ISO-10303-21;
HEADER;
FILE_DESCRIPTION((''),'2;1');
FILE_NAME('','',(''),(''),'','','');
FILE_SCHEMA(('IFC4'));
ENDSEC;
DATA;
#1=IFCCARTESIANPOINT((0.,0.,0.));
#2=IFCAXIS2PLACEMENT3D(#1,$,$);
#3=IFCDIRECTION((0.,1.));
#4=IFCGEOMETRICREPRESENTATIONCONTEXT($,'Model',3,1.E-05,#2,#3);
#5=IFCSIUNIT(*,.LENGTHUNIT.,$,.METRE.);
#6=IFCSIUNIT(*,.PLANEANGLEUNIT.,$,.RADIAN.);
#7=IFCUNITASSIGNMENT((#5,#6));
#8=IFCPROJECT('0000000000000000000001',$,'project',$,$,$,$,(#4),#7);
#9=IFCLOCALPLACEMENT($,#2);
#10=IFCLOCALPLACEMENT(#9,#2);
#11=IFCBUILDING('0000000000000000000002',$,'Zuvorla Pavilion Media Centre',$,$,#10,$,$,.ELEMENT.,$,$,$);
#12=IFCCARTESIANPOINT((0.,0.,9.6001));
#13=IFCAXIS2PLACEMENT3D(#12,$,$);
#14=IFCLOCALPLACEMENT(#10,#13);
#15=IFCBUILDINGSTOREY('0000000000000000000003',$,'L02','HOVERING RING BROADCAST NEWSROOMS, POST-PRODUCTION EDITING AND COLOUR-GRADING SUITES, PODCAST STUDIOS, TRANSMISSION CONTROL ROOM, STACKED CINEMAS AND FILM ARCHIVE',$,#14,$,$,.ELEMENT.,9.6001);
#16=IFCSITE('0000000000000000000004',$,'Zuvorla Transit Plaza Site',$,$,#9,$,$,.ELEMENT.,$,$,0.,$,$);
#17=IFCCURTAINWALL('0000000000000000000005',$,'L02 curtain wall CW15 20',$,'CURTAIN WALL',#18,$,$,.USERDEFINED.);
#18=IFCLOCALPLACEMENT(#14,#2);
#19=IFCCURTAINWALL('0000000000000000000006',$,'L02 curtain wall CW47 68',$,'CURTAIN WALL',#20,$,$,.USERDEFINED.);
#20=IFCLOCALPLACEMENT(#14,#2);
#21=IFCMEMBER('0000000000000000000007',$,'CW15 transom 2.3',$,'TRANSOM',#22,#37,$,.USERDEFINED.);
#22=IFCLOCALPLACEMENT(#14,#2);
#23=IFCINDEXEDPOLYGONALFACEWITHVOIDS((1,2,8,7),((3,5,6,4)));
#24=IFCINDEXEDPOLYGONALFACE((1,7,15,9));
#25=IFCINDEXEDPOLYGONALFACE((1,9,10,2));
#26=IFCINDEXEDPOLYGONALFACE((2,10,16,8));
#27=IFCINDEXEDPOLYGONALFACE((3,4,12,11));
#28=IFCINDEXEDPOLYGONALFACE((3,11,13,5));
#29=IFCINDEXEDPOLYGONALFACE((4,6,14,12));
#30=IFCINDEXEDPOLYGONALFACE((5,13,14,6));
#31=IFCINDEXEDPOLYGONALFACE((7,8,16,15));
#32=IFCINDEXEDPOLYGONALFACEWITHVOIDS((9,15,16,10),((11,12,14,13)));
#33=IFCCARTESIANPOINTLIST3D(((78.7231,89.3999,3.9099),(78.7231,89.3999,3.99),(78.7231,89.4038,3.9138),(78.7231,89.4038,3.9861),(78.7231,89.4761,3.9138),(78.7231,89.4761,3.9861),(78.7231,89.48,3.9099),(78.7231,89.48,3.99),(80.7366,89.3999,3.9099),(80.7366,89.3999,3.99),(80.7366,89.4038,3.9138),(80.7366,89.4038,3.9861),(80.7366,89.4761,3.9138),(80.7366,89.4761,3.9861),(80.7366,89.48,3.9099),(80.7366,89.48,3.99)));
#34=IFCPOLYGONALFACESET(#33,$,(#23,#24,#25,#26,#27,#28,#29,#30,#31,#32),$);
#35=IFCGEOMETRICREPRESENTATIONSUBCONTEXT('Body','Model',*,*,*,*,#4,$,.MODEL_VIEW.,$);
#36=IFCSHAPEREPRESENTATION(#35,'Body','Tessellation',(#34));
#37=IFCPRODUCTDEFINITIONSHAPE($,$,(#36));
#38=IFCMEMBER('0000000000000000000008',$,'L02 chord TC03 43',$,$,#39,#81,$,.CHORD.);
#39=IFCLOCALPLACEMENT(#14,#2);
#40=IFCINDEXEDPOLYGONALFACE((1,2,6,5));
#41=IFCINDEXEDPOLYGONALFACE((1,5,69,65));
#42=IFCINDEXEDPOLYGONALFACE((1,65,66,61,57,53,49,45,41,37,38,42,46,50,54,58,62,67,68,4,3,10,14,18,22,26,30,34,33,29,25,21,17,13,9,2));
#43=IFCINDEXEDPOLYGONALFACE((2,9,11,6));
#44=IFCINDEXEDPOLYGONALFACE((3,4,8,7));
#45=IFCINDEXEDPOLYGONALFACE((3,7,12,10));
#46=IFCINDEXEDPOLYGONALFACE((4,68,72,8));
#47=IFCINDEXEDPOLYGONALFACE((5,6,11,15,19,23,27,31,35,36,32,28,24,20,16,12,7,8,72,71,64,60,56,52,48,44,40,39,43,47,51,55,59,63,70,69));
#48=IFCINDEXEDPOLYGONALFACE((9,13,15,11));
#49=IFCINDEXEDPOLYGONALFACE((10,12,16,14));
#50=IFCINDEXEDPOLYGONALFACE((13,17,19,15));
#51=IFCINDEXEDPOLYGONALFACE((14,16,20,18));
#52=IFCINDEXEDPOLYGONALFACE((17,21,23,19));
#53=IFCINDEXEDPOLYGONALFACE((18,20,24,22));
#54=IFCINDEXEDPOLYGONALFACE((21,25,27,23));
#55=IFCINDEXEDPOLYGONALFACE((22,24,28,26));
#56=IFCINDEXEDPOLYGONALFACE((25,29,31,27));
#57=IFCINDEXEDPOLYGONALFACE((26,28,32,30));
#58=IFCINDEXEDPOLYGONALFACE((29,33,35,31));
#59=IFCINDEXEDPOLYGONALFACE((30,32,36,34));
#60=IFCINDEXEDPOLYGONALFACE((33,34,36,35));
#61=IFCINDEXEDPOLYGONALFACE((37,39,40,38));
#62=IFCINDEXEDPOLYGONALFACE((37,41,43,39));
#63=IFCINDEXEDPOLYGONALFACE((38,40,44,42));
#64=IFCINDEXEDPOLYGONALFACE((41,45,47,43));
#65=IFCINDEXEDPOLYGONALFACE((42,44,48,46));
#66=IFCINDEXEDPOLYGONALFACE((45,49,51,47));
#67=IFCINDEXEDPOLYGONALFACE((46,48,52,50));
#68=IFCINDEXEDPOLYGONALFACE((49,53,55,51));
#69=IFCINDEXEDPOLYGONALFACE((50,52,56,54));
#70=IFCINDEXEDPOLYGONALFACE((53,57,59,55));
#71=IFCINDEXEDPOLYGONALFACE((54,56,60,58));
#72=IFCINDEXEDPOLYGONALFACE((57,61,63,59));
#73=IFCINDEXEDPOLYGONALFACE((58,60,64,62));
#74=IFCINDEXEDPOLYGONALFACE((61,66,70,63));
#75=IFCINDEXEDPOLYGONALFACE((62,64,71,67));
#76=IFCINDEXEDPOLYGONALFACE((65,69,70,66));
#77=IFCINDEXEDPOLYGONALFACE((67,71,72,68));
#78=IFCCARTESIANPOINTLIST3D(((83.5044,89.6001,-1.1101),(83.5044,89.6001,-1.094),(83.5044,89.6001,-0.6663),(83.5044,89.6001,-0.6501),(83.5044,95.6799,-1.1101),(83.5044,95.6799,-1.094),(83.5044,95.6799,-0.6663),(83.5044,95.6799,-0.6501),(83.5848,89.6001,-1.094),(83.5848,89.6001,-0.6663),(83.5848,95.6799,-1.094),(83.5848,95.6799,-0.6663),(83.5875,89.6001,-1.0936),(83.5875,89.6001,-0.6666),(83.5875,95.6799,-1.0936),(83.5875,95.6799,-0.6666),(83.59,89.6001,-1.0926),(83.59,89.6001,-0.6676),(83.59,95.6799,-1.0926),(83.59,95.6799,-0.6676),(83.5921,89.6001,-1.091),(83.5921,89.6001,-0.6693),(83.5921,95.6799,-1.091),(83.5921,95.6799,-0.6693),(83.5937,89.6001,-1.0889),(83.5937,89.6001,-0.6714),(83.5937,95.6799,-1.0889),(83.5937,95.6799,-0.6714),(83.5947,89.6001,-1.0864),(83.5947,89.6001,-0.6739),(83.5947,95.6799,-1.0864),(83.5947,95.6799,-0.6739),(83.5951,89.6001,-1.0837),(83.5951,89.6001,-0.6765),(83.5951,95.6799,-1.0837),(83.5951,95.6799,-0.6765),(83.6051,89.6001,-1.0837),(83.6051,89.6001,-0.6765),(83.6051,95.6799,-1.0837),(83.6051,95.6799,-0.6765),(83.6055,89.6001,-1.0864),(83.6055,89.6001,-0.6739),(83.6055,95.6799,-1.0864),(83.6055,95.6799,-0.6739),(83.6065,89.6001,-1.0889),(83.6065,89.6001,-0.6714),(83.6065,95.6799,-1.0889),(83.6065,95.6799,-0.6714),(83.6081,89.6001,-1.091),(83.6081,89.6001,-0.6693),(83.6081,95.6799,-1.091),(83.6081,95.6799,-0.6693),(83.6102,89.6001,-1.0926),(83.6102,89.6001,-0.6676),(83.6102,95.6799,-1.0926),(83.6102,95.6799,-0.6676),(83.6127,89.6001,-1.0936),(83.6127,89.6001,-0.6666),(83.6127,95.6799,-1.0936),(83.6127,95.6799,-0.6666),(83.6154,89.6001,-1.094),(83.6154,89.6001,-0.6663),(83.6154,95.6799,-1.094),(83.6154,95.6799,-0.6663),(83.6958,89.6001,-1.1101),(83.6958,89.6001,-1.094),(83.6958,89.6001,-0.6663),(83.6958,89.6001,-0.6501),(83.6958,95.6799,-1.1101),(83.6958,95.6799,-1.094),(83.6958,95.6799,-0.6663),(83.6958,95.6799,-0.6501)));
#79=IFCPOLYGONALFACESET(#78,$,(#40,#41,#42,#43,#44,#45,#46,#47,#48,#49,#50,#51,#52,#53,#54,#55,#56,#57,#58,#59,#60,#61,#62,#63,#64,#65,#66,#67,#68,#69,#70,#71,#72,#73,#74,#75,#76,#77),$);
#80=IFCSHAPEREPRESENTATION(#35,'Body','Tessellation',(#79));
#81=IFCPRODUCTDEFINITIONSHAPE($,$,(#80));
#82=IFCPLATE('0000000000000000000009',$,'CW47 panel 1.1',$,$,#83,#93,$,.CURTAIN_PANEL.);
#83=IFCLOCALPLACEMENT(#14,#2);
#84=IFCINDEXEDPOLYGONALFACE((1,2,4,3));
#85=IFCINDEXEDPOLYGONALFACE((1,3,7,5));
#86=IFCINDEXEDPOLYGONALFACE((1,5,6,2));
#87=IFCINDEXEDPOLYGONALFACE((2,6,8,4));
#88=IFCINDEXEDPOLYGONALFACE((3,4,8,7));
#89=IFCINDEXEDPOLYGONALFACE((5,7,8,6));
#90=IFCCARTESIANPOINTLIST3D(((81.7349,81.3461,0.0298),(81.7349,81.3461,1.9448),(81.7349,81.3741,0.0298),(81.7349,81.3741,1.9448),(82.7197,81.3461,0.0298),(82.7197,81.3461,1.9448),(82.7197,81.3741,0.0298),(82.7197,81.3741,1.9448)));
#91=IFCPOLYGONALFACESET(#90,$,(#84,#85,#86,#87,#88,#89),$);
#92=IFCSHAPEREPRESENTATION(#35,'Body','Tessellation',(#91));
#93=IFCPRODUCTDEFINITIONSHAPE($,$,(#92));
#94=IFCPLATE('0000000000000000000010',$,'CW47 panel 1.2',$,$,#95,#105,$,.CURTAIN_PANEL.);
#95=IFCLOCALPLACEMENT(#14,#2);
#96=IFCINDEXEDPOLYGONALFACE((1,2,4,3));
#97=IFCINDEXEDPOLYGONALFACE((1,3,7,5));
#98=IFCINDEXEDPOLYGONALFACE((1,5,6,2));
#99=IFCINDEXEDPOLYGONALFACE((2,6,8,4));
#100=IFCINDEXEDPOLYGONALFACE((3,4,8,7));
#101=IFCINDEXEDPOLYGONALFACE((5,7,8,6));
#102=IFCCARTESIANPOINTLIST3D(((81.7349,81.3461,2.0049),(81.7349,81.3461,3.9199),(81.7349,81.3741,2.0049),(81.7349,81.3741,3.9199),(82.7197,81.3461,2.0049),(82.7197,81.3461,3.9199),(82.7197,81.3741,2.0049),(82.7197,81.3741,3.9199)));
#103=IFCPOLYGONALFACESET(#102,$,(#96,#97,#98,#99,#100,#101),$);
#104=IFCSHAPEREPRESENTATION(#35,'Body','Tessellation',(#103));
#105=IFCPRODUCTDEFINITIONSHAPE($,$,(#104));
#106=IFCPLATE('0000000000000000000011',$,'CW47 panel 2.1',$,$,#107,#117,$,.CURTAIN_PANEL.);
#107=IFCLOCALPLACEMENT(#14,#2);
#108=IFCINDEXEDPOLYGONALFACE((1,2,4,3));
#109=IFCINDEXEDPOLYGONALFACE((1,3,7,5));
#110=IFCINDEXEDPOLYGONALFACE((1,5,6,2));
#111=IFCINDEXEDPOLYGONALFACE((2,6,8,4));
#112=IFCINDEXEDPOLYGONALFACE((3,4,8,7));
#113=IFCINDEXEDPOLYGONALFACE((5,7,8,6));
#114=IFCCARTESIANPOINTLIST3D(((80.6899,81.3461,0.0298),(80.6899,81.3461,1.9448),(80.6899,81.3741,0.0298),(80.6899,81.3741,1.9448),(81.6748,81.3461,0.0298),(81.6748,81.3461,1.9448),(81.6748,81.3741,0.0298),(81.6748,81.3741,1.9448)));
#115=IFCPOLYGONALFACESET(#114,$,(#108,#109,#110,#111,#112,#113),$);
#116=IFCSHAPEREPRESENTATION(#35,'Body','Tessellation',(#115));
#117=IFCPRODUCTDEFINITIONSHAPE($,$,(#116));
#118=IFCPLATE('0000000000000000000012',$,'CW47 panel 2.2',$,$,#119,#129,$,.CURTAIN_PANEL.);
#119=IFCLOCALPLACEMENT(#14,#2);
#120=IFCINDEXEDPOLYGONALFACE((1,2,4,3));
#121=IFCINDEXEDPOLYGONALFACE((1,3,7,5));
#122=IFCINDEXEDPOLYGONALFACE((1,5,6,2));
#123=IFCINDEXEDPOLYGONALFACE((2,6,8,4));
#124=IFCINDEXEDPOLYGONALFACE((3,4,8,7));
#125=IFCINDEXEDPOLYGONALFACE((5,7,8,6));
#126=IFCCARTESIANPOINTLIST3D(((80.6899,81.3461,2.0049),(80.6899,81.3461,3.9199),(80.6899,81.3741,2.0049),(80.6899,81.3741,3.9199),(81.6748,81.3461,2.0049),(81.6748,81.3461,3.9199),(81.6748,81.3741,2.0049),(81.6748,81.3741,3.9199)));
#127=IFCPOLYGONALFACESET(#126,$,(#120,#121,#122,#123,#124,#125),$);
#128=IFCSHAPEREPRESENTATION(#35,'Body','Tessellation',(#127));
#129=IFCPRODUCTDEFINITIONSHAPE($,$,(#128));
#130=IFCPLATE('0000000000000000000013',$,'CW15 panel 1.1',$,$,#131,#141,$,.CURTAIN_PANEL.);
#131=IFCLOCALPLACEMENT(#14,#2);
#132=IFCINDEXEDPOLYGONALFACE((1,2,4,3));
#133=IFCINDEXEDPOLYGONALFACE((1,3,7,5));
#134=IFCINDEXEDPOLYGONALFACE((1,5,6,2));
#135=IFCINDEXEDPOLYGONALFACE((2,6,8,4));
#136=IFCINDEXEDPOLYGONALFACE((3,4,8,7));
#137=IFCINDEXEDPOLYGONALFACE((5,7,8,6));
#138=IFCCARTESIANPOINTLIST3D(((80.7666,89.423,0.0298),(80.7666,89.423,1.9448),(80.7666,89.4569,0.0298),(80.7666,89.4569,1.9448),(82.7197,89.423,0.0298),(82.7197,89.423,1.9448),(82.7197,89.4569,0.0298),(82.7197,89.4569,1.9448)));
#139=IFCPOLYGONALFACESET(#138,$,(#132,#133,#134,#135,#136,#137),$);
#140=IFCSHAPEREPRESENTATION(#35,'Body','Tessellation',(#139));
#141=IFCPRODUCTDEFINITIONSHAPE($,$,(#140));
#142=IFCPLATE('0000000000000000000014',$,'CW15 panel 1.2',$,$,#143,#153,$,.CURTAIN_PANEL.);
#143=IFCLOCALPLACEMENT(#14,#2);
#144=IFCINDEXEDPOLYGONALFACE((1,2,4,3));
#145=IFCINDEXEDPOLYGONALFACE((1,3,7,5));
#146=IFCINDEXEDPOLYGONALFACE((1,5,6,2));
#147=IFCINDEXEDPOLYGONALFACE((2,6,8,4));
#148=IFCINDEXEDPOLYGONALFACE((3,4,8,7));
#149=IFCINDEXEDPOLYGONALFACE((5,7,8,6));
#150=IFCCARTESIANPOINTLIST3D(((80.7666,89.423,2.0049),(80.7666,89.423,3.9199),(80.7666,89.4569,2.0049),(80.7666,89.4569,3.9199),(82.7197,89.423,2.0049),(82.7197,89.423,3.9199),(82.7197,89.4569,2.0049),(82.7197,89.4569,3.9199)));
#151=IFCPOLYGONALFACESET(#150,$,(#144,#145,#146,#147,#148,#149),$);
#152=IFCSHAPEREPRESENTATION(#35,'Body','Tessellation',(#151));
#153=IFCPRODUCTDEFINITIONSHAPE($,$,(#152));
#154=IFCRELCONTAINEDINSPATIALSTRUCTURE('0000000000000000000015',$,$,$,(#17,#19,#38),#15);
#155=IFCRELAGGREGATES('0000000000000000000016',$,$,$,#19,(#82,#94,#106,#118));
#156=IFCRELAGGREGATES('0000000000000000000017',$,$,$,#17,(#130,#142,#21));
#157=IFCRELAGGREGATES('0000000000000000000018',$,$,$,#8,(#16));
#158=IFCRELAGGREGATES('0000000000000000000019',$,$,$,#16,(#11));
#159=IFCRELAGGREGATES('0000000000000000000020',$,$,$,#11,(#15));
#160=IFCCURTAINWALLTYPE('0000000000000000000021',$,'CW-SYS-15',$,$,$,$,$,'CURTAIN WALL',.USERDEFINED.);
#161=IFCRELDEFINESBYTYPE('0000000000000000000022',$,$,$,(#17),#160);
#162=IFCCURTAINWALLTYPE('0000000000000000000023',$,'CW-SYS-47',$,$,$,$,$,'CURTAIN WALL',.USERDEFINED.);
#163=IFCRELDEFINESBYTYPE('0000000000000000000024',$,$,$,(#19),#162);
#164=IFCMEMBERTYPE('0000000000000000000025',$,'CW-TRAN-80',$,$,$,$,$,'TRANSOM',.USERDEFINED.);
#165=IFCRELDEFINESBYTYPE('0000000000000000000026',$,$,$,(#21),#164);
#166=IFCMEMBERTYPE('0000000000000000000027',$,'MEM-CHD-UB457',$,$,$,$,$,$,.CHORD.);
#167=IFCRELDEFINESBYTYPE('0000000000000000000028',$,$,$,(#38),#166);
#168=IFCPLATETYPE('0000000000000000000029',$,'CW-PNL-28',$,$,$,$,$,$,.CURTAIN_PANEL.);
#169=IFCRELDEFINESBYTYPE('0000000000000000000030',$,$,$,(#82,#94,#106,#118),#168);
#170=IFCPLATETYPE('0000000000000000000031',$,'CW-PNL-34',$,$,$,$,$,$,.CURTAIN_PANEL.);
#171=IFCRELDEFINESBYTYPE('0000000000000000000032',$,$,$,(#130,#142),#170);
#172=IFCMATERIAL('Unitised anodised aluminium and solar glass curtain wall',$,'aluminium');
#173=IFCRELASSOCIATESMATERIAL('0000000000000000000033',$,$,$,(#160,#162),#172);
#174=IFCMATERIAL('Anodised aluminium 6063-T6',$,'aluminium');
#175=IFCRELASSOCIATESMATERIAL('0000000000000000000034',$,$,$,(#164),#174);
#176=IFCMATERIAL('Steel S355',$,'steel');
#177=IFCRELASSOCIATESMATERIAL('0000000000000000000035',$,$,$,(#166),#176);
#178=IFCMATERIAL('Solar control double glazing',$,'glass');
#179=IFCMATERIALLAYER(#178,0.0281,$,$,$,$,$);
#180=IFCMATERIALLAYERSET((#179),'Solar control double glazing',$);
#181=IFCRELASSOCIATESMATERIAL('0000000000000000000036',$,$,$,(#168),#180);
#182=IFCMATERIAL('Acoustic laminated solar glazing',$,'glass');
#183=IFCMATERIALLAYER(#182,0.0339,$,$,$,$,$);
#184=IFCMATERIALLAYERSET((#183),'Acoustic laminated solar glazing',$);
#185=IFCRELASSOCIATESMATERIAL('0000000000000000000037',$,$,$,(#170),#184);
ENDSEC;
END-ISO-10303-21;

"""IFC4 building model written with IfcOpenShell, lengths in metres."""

from ifc_helpers import new_model, si_unit, direction, frame, origin, origin_2d, place, context, subcontext, project, spatial, rectangle, hollow_rectangle, i_section, extrude, material, layer, layer_set, material_profile, profile_set, type_object, element, aggregate, save


model = new_model("IFC4")

# Units and contexts
model_context = context("Model", 3, precision=1e-05, world=origin(), true_north=direction((0.0, 1.0)))
body_context = subcontext(model_context, "Body", "Model", "MODEL_VIEW")
ifc_project = project(units=[si_unit("LENGTHUNIT", "METRE"), si_unit("PLANEANGLEUNIT", "RADIAN")], contexts=[model_context])

# Site, building, storey
site_placement = place(None, origin())
site = spatial("IfcSite", under=ifc_project, at=site_placement, Name="Zuvorla Transit Plaza Site", CompositionType="ELEMENT", RefElevation=0.0)
building_placement = place(site_placement, origin())
building = spatial("IfcBuilding", under=site, at=building_placement, Name="Zuvorla Pavilion Media Centre", CompositionType="ELEMENT")
storey_placement = place(building_placement, frame((0.0, 0.0, 9.6001)))
storey = spatial("IfcBuildingStorey", under=building, at=storey_placement, Name="L02", Description="HOVERING RING BROADCAST NEWSROOMS, POST-PRODUCTION EDITING AND COLOUR-GRADING SUITES, PODCAST STUDIOS, TRANSMISSION CONTROL ROOM, STACKED CINEMAS AND FILM ARCHIVE", CompositionType="ELEMENT", Elevation=9.6001)

# Shared definitions
ifc_material_1 = material(Name="Steel S355", Category="steel")

# Curtain wall
ifc_material_2 = material(Name="Unitised anodised aluminium and solar glass curtain wall", Category="aluminium")
curtain_wall_type_1 = type_object("IfcCurtainWallType", Name="CW-SYS-15", ElementType="CURTAIN WALL", PredefinedType="USERDEFINED", material=ifc_material_2)
curtain_wall_1_placement = place(storey_placement, origin())
curtain_wall_1 = element("IfcCurtainWall", 1, at=curtain_wall_1_placement, inside=storey, type_object=curtain_wall_type_1, Name="L02 curtain wall CW15 20", ObjectType="CURTAIN WALL", PredefinedType="USERDEFINED")
ifc_material_3 = material(Name="Anodised aluminium 6063-T6", Category="aluminium")

# Curtain wall
curtain_wall_type_2 = type_object("IfcCurtainWallType", Name="CW-SYS-47", ElementType="CURTAIN WALL", PredefinedType="USERDEFINED", material=ifc_material_2)
curtain_wall_2_placement = place(storey_placement, origin())
curtain_wall_2 = element("IfcCurtainWall", 2, at=curtain_wall_2_placement, inside=storey, type_object=curtain_wall_type_2, Name="L02 curtain wall CW47 68", ObjectType="CURTAIN WALL", PredefinedType="USERDEFINED")

# Members
ifc_material_profile_1 = material_profile(ifc_material_3, hollow_rectangle(XDim=0.0801, YDim=0.0801, WallThickness=0.0039, at=origin_2d()), Name="ALU TRAN 80x80")
ifc_profile_set_1 = profile_set([ifc_material_profile_1], Name="Anodised aluminium 6063-T6")
member_type_1 = type_object("IfcMemberType", Name="CW-TRAN-80", ElementType="TRANSOM", PredefinedType="USERDEFINED", material=ifc_profile_set_1)
member_1_placement = place(storey_placement, frame((80.7366, 89.4399, 3.95), z_axis=(-1.0, 0.0, 0.0), x_axis=(0.0, -1.0, 0.0)))
member_1 = element("IfcMember", 3, at=member_1_placement, type_object=member_type_1, Name="CW15 transom 2.3", ObjectType="TRANSOM", PredefinedType="USERDEFINED", context=body_context, shape_type="SweptSolid", body=[
    extrude(hollow_rectangle(XDim=0.0801, YDim=0.0801, WallThickness=0.0039, at=origin_2d()), origin(), (0.0, 0.0, 1.0), 2.0134),
])
ifc_material_profile_2 = material_profile(ifc_material_1, i_section(OverallWidth=0.1914, OverallDepth=0.46, WebThickness=0.01, FlangeThickness=0.0161, FilletRadius=0.0103, at=origin_2d()), Name="UB 457x191x82")
ifc_profile_set_2 = profile_set([ifc_material_profile_2], Name="Steel S355")
member_type_2 = type_object("IfcMemberType", Name="MEM-CHD-UB457", PredefinedType="CHORD", material=ifc_profile_set_2)
member_2_placement = place(storey_placement, frame((83.6001, 89.6001, -0.8801), z_axis=(0.0, 1.0, 0.0), x_axis=(-1.0, 0.0, 0.0)))
element("IfcMember", 4, at=member_2_placement, inside=storey, type_object=member_type_2, Name="L02 chord TC03 43", PredefinedType="CHORD", context=body_context, shape_type="SweptSolid", body=[
    extrude(i_section(OverallWidth=0.1914, OverallDepth=0.46, WebThickness=0.01, FlangeThickness=0.0161, FilletRadius=0.0103, at=origin_2d()), origin(), (0.0, 0.0, 1.0), 6.0798),
])

# Plates
ifc_material_4 = material(Name="Solar control double glazing", Category="glass")
ifc_layer_1 = layer(ifc_material_4, 0.0281)
ifc_layer_set_1 = layer_set([ifc_layer_1], Name="Solar control double glazing")
plate_type_1 = type_object("IfcPlateType", Name="CW-PNL-28", PredefinedType="CURTAIN_PANEL", material=ifc_layer_set_1)
plate_1_placement = place(storey_placement, frame((82.2273, 81.3601, 0.0298), z_axis=(0.0, 0.0, 1.0), x_axis=(-1.0, 0.0, 0.0)))
plate_1 = element("IfcPlate", 5, at=plate_1_placement, type_object=plate_type_1, Name="CW47 panel 1.1", PredefinedType="CURTAIN_PANEL", context=body_context, shape_type="SweptSolid", body=[
    extrude(rectangle(XDim=0.9849, YDim=0.0281, at=origin_2d()), origin(), (0.0, 0.0, 1.0), 1.915),
])
plate_2_placement = place(storey_placement, frame((82.2273, 81.3601, 2.0049), z_axis=(0.0, 0.0, 1.0), x_axis=(-1.0, 0.0, 0.0)))
plate_2 = element("IfcPlate", 6, at=plate_2_placement, type_object=plate_type_1, Name="CW47 panel 1.2", PredefinedType="CURTAIN_PANEL", context=body_context, shape_type="SweptSolid", body=[
    extrude(rectangle(XDim=0.9849, YDim=0.0281, at=origin_2d()), origin(), (0.0, 0.0, 1.0), 1.915),
])
plate_3_placement = place(storey_placement, frame((81.1824, 81.3601, 0.0298), z_axis=(0.0, 0.0, 1.0), x_axis=(-1.0, 0.0, 0.0)))
plate_3 = element("IfcPlate", 7, at=plate_3_placement, type_object=plate_type_1, Name="CW47 panel 2.1", PredefinedType="CURTAIN_PANEL", context=body_context, shape_type="SweptSolid", body=[
    extrude(rectangle(XDim=0.9849, YDim=0.0281, at=origin_2d()), origin(), (0.0, 0.0, 1.0), 1.915),
])
plate_4_placement = place(storey_placement, frame((81.1824, 81.3601, 2.0049), z_axis=(0.0, 0.0, 1.0), x_axis=(-1.0, 0.0, 0.0)))
plate_4 = element("IfcPlate", 8, at=plate_4_placement, type_object=plate_type_1, Name="CW47 panel 2.2", PredefinedType="CURTAIN_PANEL", context=body_context, shape_type="SweptSolid", body=[
    extrude(rectangle(XDim=0.9849, YDim=0.0281, at=origin_2d()), origin(), (0.0, 0.0, 1.0), 1.915),
])
aggregate(curtain_wall_2, [plate_1, plate_2, plate_3, plate_4])
ifc_material_5 = material(Name="Acoustic laminated solar glazing", Category="glass")
ifc_layer_2 = layer(ifc_material_5, 0.0339)
ifc_layer_set_2 = layer_set([ifc_layer_2], Name="Acoustic laminated solar glazing")
plate_type_2 = type_object("IfcPlateType", Name="CW-PNL-34", PredefinedType="CURTAIN_PANEL", material=ifc_layer_set_2)
plate_5_placement = place(storey_placement, frame((81.7432, 89.4399, 0.0298), z_axis=(0.0, 0.0, 1.0), x_axis=(-1.0, 0.0, 0.0)))
plate_5 = element("IfcPlate", 9, at=plate_5_placement, type_object=plate_type_2, Name="CW15 panel 1.1", PredefinedType="CURTAIN_PANEL", context=body_context, shape_type="SweptSolid", body=[
    extrude(rectangle(XDim=1.9531, YDim=0.0339, at=origin_2d()), origin(), (0.0, 0.0, 1.0), 1.915),
])
plate_6_placement = place(storey_placement, frame((81.7432, 89.4399, 2.0049), z_axis=(0.0, 0.0, 1.0), x_axis=(-1.0, 0.0, 0.0)))
plate_6 = element("IfcPlate", 10, at=plate_6_placement, type_object=plate_type_2, Name="CW15 panel 1.2", PredefinedType="CURTAIN_PANEL", context=body_context, shape_type="SweptSolid", body=[
    extrude(rectangle(XDim=1.9531, YDim=0.0339, at=origin_2d()), origin(), (0.0, 0.0, 1.0), 1.915),
])
aggregate(curtain_wall_1, [plate_5, plate_6, member_1])

save(model, "model.ifc")
